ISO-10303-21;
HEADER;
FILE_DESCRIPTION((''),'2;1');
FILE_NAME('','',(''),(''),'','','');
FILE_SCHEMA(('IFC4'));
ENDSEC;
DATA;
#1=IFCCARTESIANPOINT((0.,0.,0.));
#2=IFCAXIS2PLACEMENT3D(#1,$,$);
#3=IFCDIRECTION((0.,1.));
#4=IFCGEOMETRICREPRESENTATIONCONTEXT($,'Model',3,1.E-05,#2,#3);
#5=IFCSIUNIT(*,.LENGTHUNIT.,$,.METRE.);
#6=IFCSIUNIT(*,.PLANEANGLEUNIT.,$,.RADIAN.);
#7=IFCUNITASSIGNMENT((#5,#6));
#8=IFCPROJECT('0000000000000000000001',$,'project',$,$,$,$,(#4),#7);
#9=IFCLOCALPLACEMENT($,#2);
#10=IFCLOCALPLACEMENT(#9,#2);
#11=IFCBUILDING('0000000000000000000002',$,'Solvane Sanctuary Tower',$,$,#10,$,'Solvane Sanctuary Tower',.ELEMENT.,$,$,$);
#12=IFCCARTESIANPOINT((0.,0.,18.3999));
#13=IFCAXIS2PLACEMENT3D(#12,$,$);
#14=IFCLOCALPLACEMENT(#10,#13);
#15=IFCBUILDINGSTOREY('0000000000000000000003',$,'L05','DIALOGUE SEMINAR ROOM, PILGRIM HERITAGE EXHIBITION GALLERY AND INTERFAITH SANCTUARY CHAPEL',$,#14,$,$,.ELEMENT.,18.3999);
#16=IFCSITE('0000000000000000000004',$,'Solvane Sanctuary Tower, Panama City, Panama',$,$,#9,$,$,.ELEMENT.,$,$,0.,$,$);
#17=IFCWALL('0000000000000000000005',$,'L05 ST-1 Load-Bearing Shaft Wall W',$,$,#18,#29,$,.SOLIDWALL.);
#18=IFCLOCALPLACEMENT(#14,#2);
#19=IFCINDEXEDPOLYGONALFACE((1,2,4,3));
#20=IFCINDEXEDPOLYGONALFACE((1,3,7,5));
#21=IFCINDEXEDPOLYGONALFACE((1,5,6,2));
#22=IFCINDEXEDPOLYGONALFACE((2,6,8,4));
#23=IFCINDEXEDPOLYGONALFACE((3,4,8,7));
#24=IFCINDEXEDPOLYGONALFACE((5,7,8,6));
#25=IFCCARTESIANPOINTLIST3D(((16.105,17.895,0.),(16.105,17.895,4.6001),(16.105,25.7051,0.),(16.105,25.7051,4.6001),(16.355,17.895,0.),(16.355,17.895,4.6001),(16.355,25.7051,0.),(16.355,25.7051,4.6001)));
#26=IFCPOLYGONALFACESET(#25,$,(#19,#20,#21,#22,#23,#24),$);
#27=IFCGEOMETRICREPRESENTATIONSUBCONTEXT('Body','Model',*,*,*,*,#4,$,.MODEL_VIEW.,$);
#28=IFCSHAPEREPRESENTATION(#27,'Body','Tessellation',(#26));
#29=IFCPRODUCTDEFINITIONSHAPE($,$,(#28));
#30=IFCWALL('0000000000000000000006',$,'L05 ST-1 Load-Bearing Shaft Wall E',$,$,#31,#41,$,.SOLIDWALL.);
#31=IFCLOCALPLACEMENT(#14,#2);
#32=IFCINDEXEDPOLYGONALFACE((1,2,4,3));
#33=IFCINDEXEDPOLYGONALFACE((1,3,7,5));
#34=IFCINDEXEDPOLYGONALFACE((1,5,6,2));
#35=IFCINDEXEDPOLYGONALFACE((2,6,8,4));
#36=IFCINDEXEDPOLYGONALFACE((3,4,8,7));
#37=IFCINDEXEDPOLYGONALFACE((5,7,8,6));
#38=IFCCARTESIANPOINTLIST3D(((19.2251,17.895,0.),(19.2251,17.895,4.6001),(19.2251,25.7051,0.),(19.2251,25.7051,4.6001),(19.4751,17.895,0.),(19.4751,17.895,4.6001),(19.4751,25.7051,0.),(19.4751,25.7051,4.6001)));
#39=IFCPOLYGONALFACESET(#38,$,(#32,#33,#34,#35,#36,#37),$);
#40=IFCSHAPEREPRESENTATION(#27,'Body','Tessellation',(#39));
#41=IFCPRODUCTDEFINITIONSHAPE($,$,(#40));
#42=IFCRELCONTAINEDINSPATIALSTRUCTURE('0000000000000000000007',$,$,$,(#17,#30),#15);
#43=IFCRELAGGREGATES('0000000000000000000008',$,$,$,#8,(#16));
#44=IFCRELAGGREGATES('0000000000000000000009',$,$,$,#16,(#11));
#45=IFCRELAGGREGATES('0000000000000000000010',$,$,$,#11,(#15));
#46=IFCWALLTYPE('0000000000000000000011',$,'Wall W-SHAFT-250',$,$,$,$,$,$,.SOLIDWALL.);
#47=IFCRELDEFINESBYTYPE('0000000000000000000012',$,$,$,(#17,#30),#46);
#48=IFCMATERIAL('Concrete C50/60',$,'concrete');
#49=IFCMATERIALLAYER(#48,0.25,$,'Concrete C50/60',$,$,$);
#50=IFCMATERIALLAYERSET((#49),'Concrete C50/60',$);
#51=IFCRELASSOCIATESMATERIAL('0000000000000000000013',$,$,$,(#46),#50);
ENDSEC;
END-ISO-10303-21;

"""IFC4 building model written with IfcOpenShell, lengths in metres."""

from ifc_helpers import new_model, si_unit, direction, frame, frame_2d, origin, place, context, subcontext, project, spatial, rectangle, extrude, material, layer, layer_set, type_object, element, save


model = new_model("IFC4")

# Units and contexts
model_context = context("Model", 3, precision=1e-05, world=origin(), true_north=direction((0.0, 1.0)))
body_context = subcontext(model_context, "Body", "Model", "MODEL_VIEW")
ifc_project = project(units=[si_unit("LENGTHUNIT", "METRE"), si_unit("PLANEANGLEUNIT", "RADIAN")], contexts=[model_context])

# Site, building, storey
site_placement = place(None, origin())
site = spatial("IfcSite", under=ifc_project, at=site_placement, Name="Solvane Sanctuary Tower, Panama City, Panama", CompositionType="ELEMENT", RefElevation=0.0)
building_placement = place(site_placement, origin())
building = spatial("IfcBuilding", under=site, at=building_placement, Name="Solvane Sanctuary Tower", LongName="Solvane Sanctuary Tower", CompositionType="ELEMENT")
storey_placement = place(building_placement, frame((0.0, 0.0, 18.3999)))
storey = spatial("IfcBuildingStorey", under=building, at=storey_placement, Name="L05", Description="DIALOGUE SEMINAR ROOM, PILGRIM HERITAGE EXHIBITION GALLERY AND INTERFAITH SANCTUARY CHAPEL", CompositionType="ELEMENT", Elevation=18.3999)

# Shared definitions
ifc_material_1 = material(Name="Concrete C50/60", Category="concrete")

# Shared definitions
ifc_layer_1 = layer(ifc_material_1, 0.25, Name="Concrete C50/60")
ifc_layer_set_1 = layer_set([ifc_layer_1], Name="Concrete C50/60")
wall_type_1 = type_object("IfcWallType", Name="Wall W-SHAFT-250", PredefinedType="SOLIDWALL", material=ifc_layer_set_1)

# Walls
for number, where, z_axis, x_axis, name in (
    (1, (16.23, 17.895, 0.0), (0.0, 0.0, 1.0), (0.0, 1.0, 0.0), "L05 ST-1 Load-Bearing Shaft Wall W"),
    (2, (19.3501, 17.895, 0.0), (0.0, 0.0, 1.0), (0.0, 1.0, 0.0), "L05 ST-1 Load-Bearing Shaft Wall E"),
):
    element("IfcWall", number, at=place(storey_placement, frame(where, z_axis=z_axis, x_axis=x_axis)), inside=storey, type_object=wall_type_1, Name=name, PredefinedType="SOLIDWALL", context=body_context, shape_type="SweptSolid", body=[
        extrude(rectangle(XDim=7.8101, YDim=0.25, at=frame_2d((3.905, 0.0))), origin(), (0.0, 0.0, 1.0), 4.6001),
    ])

save(model, "model.ifc")
